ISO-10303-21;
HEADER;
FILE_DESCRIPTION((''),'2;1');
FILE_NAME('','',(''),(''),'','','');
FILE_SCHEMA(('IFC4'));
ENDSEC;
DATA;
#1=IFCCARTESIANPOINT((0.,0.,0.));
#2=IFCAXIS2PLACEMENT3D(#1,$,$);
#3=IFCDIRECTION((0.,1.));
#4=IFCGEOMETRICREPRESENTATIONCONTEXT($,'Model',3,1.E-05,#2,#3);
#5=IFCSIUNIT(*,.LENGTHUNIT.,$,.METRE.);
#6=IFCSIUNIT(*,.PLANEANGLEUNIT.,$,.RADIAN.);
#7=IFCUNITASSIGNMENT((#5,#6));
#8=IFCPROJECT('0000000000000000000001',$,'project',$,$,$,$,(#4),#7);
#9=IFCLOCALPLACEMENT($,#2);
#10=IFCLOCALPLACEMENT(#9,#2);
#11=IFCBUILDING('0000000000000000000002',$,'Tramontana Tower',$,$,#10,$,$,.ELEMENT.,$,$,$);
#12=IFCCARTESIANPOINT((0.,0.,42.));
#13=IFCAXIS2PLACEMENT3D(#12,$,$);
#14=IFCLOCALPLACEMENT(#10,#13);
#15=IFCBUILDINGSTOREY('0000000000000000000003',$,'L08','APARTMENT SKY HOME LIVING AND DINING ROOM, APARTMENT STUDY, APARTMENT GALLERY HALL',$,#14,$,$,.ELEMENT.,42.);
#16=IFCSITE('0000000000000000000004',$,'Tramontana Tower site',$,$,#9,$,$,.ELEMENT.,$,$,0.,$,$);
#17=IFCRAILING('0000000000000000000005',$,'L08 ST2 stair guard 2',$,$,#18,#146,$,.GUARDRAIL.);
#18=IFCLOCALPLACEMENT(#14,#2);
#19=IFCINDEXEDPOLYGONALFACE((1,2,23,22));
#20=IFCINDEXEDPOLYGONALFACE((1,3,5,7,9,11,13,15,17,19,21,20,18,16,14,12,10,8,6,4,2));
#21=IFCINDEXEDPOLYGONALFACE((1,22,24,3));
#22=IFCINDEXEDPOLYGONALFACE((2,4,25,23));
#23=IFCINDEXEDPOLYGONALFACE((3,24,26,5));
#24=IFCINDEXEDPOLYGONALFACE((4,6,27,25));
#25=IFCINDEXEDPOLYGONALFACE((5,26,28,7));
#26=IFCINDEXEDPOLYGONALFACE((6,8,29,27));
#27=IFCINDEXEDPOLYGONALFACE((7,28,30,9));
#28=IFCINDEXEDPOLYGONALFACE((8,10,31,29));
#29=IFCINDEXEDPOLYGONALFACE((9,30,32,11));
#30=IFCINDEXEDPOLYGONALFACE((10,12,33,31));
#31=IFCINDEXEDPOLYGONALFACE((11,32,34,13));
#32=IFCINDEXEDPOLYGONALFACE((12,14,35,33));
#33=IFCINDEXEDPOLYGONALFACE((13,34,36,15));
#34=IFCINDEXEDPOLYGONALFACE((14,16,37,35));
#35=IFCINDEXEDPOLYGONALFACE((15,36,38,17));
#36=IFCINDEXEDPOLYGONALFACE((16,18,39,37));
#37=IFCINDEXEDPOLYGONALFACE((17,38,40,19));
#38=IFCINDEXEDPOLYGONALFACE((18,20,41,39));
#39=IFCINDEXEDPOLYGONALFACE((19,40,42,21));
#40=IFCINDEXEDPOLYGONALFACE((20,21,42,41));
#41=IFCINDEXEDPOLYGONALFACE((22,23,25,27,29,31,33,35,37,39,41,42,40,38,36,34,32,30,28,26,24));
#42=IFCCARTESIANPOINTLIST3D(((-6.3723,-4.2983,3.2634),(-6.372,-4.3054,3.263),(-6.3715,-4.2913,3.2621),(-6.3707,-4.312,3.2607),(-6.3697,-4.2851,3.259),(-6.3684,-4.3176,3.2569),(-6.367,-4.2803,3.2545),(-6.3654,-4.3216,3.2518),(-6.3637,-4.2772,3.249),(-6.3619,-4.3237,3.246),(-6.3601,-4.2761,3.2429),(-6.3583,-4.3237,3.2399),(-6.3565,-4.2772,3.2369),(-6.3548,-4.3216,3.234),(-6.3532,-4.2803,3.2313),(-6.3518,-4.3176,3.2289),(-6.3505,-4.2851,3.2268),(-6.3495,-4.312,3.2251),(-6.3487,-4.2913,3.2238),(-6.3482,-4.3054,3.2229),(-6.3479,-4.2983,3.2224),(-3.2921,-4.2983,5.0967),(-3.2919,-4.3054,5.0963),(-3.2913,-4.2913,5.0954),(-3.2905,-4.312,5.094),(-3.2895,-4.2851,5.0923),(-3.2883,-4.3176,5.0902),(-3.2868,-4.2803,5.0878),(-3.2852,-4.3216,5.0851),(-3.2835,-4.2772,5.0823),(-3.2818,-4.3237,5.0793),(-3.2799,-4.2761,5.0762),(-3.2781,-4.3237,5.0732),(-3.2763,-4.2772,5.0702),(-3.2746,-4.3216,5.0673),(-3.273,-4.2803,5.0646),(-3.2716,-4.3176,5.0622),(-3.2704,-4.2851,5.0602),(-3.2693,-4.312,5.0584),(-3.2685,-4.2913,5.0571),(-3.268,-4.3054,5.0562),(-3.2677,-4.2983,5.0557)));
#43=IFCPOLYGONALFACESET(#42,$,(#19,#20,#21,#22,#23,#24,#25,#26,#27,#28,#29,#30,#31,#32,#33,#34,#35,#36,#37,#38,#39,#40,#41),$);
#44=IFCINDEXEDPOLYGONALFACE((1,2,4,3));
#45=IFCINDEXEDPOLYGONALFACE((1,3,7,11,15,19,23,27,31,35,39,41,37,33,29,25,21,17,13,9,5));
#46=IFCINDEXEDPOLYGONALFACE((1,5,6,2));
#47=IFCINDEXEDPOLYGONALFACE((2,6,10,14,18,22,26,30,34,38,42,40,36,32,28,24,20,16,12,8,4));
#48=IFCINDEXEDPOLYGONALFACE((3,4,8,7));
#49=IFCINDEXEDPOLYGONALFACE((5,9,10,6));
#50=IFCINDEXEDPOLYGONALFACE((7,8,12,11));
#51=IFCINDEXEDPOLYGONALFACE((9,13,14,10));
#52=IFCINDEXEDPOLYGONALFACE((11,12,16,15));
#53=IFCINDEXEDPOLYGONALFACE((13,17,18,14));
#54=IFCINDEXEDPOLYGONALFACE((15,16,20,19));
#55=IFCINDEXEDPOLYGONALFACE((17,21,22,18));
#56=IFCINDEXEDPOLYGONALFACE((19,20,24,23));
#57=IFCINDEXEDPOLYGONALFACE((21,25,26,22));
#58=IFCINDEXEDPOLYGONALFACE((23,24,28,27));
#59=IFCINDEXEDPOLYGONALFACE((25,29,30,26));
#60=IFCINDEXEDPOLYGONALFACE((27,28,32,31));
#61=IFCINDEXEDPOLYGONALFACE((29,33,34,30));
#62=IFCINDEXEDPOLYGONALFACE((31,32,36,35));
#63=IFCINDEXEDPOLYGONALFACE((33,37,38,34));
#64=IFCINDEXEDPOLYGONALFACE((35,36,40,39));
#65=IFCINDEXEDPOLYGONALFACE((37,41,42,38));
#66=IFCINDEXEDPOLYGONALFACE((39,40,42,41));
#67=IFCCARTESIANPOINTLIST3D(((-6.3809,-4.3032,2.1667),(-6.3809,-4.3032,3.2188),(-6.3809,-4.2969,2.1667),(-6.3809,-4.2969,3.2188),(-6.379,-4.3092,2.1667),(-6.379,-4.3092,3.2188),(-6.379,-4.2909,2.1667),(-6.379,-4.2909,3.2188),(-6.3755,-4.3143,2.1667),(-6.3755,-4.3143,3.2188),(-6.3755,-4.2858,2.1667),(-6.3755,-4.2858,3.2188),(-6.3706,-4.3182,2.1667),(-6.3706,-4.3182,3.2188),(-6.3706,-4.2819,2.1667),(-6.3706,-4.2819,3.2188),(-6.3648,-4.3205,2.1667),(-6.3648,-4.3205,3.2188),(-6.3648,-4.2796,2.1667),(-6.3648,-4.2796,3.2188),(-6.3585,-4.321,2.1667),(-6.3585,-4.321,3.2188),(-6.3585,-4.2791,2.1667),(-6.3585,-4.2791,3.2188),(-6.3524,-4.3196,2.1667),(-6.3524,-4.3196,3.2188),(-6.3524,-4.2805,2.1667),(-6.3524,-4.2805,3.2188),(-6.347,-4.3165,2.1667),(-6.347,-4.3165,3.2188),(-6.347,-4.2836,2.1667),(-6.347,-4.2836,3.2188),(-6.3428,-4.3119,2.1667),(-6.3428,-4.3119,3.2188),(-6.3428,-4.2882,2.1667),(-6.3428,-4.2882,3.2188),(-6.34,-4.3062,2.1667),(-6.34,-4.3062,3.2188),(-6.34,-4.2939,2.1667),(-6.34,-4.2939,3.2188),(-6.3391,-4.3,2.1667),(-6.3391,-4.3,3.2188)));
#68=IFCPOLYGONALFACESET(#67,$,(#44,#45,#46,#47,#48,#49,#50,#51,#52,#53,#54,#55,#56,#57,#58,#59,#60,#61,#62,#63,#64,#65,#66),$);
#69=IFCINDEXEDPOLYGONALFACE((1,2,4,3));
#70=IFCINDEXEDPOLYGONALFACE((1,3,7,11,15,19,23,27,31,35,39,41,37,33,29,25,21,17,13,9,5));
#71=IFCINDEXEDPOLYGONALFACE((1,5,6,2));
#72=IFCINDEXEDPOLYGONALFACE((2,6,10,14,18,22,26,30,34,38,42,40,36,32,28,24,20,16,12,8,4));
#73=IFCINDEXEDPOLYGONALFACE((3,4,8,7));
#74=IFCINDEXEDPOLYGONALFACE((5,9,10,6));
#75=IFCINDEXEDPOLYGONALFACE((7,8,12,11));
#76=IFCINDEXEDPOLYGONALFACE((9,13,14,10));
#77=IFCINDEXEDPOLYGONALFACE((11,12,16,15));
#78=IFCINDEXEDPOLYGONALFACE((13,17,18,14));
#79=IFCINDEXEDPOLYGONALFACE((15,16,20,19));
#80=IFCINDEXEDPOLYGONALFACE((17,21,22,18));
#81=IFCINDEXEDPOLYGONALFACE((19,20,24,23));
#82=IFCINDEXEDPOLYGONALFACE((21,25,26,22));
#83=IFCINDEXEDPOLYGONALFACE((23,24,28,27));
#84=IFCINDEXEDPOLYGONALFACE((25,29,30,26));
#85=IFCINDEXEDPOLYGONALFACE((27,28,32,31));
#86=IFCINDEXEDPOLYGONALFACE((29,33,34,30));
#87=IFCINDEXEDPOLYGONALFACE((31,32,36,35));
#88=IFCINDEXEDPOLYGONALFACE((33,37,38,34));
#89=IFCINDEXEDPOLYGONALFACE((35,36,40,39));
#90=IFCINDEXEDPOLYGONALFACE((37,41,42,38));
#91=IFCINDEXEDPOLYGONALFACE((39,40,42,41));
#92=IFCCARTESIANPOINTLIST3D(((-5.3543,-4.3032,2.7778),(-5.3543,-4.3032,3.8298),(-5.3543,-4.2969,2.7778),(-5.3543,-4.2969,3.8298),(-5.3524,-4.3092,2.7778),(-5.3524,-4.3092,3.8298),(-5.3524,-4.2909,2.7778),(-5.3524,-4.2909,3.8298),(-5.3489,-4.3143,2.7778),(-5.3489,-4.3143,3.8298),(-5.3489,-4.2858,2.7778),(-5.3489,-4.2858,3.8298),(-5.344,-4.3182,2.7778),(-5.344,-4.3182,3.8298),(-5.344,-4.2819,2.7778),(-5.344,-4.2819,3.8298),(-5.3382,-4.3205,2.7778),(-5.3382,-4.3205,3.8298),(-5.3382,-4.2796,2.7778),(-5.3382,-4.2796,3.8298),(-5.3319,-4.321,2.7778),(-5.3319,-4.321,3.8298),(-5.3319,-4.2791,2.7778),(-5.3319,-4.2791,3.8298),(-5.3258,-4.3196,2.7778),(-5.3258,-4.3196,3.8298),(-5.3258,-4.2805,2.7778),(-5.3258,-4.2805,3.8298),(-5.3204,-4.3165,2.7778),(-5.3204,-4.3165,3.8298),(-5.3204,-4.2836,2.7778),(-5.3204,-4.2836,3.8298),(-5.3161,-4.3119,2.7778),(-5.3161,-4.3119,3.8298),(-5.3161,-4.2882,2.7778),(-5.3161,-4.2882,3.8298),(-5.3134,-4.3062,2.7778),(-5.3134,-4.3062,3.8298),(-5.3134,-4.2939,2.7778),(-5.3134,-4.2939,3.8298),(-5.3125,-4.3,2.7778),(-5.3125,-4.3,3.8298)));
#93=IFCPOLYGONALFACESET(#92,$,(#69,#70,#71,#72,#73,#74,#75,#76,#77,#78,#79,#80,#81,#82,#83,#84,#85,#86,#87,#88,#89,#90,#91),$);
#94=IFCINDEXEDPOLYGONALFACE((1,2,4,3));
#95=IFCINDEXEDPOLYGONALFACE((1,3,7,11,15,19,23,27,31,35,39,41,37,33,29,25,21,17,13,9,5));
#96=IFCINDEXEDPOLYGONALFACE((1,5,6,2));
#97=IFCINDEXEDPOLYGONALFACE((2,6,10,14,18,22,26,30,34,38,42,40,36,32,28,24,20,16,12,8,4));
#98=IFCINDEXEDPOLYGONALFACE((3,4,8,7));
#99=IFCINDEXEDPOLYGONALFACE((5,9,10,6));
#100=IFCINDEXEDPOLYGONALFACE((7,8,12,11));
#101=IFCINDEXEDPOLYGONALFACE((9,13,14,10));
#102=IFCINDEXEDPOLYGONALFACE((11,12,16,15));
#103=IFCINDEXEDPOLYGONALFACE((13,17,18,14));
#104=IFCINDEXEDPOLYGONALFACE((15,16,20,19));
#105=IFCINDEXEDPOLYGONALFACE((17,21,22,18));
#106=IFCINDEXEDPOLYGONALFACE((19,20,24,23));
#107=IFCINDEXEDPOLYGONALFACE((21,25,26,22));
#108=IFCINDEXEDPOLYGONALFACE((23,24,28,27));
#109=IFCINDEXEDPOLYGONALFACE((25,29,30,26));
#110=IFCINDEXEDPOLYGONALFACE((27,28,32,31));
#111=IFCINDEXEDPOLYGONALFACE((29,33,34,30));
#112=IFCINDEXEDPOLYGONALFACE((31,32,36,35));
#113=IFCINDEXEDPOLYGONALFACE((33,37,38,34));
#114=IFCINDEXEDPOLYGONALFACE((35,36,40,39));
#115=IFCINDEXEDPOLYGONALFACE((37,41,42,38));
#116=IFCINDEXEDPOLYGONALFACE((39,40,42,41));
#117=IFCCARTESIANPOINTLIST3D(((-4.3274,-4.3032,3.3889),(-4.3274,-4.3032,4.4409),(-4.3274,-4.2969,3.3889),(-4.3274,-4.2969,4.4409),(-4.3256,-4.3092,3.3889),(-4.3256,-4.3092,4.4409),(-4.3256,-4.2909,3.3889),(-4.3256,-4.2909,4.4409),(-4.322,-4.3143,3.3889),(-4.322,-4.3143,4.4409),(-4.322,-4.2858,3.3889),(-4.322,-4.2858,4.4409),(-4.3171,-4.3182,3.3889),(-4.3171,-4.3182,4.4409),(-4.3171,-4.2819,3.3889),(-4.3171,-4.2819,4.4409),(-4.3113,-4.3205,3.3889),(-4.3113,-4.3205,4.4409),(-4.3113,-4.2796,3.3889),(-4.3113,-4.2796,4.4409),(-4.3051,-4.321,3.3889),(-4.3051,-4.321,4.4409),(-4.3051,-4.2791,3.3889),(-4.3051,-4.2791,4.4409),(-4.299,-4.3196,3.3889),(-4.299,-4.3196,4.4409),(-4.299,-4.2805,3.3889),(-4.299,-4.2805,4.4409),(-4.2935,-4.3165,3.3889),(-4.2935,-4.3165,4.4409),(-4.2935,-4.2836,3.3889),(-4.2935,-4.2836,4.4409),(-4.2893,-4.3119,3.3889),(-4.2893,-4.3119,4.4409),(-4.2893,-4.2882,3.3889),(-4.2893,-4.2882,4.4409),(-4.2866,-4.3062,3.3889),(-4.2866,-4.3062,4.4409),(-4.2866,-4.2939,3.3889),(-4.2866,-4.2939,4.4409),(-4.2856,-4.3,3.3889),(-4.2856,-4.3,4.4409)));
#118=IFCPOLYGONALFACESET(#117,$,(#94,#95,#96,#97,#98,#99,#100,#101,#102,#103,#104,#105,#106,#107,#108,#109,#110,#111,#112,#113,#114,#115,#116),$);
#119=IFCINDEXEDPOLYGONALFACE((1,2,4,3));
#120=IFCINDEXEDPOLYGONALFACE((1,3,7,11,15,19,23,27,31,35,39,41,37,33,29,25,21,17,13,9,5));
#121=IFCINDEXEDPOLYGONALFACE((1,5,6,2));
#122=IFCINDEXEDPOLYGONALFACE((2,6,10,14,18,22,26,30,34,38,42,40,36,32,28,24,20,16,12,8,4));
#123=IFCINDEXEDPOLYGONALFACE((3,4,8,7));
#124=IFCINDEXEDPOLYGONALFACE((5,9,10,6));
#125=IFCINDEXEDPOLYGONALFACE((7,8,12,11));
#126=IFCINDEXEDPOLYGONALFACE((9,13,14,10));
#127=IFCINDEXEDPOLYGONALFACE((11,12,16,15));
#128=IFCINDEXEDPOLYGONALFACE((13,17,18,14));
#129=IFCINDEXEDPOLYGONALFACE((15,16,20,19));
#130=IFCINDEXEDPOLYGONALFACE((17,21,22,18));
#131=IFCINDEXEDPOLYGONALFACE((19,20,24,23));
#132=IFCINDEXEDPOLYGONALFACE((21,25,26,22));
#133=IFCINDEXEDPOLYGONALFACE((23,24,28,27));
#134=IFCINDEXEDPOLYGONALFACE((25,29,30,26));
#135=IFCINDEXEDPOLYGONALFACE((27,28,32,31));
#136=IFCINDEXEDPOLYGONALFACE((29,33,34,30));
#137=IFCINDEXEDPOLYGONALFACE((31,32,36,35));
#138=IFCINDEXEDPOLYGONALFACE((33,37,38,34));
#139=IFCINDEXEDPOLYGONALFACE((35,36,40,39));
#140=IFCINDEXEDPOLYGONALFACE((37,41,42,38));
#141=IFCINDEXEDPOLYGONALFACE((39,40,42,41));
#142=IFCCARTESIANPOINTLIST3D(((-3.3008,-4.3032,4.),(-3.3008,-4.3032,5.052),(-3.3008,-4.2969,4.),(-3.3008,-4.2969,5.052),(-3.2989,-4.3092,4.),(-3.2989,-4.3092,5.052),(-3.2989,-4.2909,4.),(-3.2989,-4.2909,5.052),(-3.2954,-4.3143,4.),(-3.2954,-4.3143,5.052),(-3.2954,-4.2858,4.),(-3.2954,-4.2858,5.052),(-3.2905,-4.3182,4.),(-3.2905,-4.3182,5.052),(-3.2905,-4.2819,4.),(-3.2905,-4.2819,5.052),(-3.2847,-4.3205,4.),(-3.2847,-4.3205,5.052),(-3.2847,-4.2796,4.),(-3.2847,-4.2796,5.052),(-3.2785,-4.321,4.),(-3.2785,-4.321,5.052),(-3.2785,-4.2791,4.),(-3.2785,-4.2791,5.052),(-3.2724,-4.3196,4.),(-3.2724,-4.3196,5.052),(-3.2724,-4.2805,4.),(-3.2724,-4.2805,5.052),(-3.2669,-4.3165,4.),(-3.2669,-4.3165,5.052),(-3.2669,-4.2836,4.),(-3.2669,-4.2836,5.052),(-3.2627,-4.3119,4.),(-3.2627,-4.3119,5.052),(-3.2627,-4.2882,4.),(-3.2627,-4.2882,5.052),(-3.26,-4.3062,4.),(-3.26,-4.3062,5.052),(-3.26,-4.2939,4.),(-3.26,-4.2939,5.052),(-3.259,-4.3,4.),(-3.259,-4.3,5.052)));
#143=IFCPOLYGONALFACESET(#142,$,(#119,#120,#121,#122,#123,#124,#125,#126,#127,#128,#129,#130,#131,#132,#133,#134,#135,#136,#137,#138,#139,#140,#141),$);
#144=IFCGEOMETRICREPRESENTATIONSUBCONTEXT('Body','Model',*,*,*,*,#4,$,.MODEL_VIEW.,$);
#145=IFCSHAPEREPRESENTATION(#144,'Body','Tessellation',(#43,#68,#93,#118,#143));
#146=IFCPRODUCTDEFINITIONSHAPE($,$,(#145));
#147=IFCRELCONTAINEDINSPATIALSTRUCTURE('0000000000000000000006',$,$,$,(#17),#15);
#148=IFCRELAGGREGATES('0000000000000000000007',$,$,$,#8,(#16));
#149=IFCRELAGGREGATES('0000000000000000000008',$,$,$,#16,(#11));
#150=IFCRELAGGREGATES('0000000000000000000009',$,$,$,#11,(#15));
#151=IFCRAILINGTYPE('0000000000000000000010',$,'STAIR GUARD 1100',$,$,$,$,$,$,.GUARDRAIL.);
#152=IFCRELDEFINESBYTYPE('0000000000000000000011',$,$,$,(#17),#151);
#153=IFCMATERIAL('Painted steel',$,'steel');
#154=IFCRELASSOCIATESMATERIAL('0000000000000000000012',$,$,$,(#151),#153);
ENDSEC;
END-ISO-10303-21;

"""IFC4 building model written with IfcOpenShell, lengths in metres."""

from ifc_helpers import new_model, si_unit, direction, frame, origin, origin_2d, place, context, subcontext, project, spatial, circle, extrude, material, type_object, element, save


model = new_model("IFC4")

# Units and contexts
model_context = context("Model", 3, precision=1e-05, world=origin(), true_north=direction((0.0, 1.0)))
body_context = subcontext(model_context, "Body", "Model", "MODEL_VIEW")
ifc_project = project(units=[si_unit("LENGTHUNIT", "METRE"), si_unit("PLANEANGLEUNIT", "RADIAN")], contexts=[model_context])

# Site, building, storey
site_placement = place(None, origin())
site = spatial("IfcSite", under=ifc_project, at=site_placement, Name="Tramontana Tower site", CompositionType="ELEMENT", RefElevation=0.0)
building_placement = place(site_placement, origin())
building = spatial("IfcBuilding", under=site, at=building_placement, Name="Tramontana Tower", CompositionType="ELEMENT")
storey_placement = place(building_placement, frame((0.0, 0.0, 42.0)))
storey = spatial("IfcBuildingStorey", under=building, at=storey_placement, Name="L08", Description="APARTMENT SKY HOME LIVING AND DINING ROOM, APARTMENT STUDY, APARTMENT GALLERY HALL", CompositionType="ELEMENT", Elevation=42.0)

# Railing
ifc_material_1 = material(Name="Painted steel", Category="steel")
railing_type_1 = type_object("IfcRailingType", Name="STAIR GUARD 1100", PredefinedType="GUARDRAIL", material=ifc_material_1)
railing_1_placement = place(storey_placement, frame((-6.3601, -4.3, 2.1667)))
element("IfcRailing", 1, at=railing_1_placement, inside=storey, type_object=railing_type_1, Name="L08 ST2 stair guard 2", PredefinedType="GUARDRAIL", context=body_context, shape_type="SweptSolid", body=[
    extrude(circle(Radius=0.0239, at=origin_2d()), frame((0.0, 0.0, 1.0762), z_axis=(0.859309, 0.0, 0.511458), x_axis=(0.0, 1.0, 0.0)), (0.0, 0.0, 1.0), 3.5845),
    extrude(circle(Radius=0.021, at=origin_2d()), origin(), (0.0, 0.0, 1.0), 1.052),
    extrude(circle(Radius=0.021, at=origin_2d()), frame((1.0266, 0.0, 0.6111)), (0.0, 0.0, 1.0), 1.052),
    extrude(circle(Radius=0.021, at=origin_2d()), frame((2.0535, 0.0, 1.2222)), (0.0, 0.0, 1.0), 1.052),
    extrude(circle(Radius=0.021, at=origin_2d()), frame((3.0801, 0.0, 1.8333)), (0.0, 0.0, 1.0), 1.052),
])

save(model, "model.ifc")
